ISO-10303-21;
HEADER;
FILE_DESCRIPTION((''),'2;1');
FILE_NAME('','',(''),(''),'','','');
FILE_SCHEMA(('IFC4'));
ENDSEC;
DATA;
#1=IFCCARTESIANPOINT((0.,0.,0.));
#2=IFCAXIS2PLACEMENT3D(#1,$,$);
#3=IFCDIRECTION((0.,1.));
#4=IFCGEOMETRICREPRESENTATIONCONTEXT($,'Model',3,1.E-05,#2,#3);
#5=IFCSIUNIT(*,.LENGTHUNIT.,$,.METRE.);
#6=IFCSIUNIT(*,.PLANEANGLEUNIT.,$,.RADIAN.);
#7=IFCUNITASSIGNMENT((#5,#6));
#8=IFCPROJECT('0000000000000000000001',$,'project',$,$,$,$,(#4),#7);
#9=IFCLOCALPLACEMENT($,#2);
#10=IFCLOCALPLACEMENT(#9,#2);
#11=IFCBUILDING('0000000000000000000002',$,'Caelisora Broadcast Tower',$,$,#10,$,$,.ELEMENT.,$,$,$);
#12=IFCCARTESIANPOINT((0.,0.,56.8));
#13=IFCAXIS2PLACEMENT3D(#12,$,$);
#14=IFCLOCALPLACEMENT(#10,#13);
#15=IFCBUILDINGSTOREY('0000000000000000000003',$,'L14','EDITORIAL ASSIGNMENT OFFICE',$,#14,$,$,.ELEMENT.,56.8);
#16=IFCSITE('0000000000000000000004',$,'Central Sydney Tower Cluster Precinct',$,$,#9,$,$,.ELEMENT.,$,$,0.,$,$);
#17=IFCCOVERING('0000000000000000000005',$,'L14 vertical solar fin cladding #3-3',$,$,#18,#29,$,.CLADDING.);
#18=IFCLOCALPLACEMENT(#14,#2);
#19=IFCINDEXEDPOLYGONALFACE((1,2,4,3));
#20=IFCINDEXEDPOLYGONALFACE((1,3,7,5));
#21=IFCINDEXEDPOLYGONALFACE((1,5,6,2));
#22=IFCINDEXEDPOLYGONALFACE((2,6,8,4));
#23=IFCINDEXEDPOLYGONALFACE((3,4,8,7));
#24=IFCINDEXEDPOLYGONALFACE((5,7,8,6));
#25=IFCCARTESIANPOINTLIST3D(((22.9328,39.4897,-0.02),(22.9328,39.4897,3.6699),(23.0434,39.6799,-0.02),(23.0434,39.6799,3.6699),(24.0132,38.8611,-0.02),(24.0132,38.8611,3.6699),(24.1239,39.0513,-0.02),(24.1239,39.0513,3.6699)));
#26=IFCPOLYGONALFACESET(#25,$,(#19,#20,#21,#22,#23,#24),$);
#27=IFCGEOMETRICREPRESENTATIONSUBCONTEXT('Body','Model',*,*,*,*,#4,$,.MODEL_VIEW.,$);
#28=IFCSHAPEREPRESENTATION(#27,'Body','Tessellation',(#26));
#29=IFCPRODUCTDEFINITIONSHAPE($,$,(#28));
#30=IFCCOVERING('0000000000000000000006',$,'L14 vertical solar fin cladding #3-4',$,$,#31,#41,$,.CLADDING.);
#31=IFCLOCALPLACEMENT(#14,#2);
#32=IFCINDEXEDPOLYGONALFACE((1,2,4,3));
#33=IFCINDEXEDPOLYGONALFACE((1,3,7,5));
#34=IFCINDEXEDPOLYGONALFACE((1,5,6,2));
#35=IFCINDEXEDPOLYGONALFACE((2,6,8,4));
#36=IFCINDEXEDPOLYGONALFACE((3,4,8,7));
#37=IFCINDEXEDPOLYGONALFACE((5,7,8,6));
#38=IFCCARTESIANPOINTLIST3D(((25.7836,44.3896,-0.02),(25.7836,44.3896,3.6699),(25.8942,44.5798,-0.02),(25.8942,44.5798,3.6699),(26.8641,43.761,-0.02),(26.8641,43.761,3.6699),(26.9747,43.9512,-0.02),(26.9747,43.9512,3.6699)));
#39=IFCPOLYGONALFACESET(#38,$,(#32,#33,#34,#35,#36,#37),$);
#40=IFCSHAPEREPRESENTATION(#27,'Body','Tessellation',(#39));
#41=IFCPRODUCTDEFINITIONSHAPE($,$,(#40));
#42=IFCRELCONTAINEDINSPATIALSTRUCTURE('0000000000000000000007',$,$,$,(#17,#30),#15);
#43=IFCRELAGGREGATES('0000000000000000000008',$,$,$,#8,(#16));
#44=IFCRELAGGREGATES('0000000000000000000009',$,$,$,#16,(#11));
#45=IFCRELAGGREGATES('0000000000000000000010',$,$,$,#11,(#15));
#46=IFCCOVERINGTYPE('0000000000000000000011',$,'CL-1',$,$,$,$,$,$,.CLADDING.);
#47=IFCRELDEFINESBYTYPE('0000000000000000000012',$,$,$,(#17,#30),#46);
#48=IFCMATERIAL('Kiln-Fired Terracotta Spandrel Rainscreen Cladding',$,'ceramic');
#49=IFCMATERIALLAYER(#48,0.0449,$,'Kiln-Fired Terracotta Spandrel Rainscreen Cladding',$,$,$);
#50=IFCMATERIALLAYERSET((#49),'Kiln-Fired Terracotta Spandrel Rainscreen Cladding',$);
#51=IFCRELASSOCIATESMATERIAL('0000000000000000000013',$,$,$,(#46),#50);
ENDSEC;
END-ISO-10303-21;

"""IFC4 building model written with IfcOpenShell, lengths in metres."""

from ifc_helpers import new_model, si_unit, direction, frame, origin, origin_2d, place, context, subcontext, project, spatial, rectangle, extrude, source, transform, mapped, material, layer, layer_set, type_object, type_shapes, element, save


model = new_model("IFC4")

# Units and contexts
model_context = context("Model", 3, precision=1e-05, world=origin(), true_north=direction((0.0, 1.0)))
body_context = subcontext(model_context, "Body", "Model", "MODEL_VIEW")
ifc_project = project(units=[si_unit("LENGTHUNIT", "METRE"), si_unit("PLANEANGLEUNIT", "RADIAN")], contexts=[model_context])

# Site, building, storey
site_placement = place(None, origin())
site = spatial("IfcSite", under=ifc_project, at=site_placement, Name="Central Sydney Tower Cluster Precinct", CompositionType="ELEMENT", RefElevation=0.0)
building_placement = place(site_placement, origin())
building = spatial("IfcBuilding", under=site, at=building_placement, Name="Caelisora Broadcast Tower", CompositionType="ELEMENT")
storey_placement = place(building_placement, frame((0.0, 0.0, 56.8)))
storey = spatial("IfcBuildingStorey", under=building, at=storey_placement, Name="L14", Description="EDITORIAL ASSIGNMENT OFFICE", CompositionType="ELEMENT", Elevation=56.8)

# Coverings
ifc_material_1 = material(Name="Kiln-Fired Terracotta Spandrel Rainscreen Cladding", Category="ceramic")
ifc_layer_1 = layer(ifc_material_1, 0.0449, Name="Kiln-Fired Terracotta Spandrel Rainscreen Cladding")
ifc_layer_set_1 = layer_set([ifc_layer_1], Name="Kiln-Fired Terracotta Spandrel Rainscreen Cladding")
covering_type = type_object("IfcCoveringType", Name="CL-1", PredefinedType="CLADDING", material=ifc_layer_set_1)
shared_shape_1 = source(origin(), body_context, "Body", "SweptSolid", [
    extrude(rectangle(XDim=0.22, YDim=1.25, at=origin_2d()), origin(), (0.0, 0.0, 1.0), 3.6899),
])
type_shapes(covering_type, [shared_shape_1])
for number, where, z_axis, x_axis, name in (
    (1, (23.5283, 39.2705, -0.02), (0.0, 0.0, 1.0), (0.502869, 0.864363, 0.0), "L14 vertical solar fin cladding #3-3"),
    (2, (26.3792, 44.1704, -0.02), (0.0, 0.0, 1.0), (0.502869, 0.864363, 0.0), "L14 vertical solar fin cladding #3-4"),
):
    element("IfcCovering", number, at=place(storey_placement, frame(where, z_axis=z_axis, x_axis=x_axis)), inside=storey, type_object=covering_type, Name=name, PredefinedType="CLADDING", context=body_context, shape_type="MappedRepresentation", body=[
        mapped(shared_shape_1, transform((0.0, 0.0, 0.0), scale=1.0)),
    ])

save(model, "model.ifc")
